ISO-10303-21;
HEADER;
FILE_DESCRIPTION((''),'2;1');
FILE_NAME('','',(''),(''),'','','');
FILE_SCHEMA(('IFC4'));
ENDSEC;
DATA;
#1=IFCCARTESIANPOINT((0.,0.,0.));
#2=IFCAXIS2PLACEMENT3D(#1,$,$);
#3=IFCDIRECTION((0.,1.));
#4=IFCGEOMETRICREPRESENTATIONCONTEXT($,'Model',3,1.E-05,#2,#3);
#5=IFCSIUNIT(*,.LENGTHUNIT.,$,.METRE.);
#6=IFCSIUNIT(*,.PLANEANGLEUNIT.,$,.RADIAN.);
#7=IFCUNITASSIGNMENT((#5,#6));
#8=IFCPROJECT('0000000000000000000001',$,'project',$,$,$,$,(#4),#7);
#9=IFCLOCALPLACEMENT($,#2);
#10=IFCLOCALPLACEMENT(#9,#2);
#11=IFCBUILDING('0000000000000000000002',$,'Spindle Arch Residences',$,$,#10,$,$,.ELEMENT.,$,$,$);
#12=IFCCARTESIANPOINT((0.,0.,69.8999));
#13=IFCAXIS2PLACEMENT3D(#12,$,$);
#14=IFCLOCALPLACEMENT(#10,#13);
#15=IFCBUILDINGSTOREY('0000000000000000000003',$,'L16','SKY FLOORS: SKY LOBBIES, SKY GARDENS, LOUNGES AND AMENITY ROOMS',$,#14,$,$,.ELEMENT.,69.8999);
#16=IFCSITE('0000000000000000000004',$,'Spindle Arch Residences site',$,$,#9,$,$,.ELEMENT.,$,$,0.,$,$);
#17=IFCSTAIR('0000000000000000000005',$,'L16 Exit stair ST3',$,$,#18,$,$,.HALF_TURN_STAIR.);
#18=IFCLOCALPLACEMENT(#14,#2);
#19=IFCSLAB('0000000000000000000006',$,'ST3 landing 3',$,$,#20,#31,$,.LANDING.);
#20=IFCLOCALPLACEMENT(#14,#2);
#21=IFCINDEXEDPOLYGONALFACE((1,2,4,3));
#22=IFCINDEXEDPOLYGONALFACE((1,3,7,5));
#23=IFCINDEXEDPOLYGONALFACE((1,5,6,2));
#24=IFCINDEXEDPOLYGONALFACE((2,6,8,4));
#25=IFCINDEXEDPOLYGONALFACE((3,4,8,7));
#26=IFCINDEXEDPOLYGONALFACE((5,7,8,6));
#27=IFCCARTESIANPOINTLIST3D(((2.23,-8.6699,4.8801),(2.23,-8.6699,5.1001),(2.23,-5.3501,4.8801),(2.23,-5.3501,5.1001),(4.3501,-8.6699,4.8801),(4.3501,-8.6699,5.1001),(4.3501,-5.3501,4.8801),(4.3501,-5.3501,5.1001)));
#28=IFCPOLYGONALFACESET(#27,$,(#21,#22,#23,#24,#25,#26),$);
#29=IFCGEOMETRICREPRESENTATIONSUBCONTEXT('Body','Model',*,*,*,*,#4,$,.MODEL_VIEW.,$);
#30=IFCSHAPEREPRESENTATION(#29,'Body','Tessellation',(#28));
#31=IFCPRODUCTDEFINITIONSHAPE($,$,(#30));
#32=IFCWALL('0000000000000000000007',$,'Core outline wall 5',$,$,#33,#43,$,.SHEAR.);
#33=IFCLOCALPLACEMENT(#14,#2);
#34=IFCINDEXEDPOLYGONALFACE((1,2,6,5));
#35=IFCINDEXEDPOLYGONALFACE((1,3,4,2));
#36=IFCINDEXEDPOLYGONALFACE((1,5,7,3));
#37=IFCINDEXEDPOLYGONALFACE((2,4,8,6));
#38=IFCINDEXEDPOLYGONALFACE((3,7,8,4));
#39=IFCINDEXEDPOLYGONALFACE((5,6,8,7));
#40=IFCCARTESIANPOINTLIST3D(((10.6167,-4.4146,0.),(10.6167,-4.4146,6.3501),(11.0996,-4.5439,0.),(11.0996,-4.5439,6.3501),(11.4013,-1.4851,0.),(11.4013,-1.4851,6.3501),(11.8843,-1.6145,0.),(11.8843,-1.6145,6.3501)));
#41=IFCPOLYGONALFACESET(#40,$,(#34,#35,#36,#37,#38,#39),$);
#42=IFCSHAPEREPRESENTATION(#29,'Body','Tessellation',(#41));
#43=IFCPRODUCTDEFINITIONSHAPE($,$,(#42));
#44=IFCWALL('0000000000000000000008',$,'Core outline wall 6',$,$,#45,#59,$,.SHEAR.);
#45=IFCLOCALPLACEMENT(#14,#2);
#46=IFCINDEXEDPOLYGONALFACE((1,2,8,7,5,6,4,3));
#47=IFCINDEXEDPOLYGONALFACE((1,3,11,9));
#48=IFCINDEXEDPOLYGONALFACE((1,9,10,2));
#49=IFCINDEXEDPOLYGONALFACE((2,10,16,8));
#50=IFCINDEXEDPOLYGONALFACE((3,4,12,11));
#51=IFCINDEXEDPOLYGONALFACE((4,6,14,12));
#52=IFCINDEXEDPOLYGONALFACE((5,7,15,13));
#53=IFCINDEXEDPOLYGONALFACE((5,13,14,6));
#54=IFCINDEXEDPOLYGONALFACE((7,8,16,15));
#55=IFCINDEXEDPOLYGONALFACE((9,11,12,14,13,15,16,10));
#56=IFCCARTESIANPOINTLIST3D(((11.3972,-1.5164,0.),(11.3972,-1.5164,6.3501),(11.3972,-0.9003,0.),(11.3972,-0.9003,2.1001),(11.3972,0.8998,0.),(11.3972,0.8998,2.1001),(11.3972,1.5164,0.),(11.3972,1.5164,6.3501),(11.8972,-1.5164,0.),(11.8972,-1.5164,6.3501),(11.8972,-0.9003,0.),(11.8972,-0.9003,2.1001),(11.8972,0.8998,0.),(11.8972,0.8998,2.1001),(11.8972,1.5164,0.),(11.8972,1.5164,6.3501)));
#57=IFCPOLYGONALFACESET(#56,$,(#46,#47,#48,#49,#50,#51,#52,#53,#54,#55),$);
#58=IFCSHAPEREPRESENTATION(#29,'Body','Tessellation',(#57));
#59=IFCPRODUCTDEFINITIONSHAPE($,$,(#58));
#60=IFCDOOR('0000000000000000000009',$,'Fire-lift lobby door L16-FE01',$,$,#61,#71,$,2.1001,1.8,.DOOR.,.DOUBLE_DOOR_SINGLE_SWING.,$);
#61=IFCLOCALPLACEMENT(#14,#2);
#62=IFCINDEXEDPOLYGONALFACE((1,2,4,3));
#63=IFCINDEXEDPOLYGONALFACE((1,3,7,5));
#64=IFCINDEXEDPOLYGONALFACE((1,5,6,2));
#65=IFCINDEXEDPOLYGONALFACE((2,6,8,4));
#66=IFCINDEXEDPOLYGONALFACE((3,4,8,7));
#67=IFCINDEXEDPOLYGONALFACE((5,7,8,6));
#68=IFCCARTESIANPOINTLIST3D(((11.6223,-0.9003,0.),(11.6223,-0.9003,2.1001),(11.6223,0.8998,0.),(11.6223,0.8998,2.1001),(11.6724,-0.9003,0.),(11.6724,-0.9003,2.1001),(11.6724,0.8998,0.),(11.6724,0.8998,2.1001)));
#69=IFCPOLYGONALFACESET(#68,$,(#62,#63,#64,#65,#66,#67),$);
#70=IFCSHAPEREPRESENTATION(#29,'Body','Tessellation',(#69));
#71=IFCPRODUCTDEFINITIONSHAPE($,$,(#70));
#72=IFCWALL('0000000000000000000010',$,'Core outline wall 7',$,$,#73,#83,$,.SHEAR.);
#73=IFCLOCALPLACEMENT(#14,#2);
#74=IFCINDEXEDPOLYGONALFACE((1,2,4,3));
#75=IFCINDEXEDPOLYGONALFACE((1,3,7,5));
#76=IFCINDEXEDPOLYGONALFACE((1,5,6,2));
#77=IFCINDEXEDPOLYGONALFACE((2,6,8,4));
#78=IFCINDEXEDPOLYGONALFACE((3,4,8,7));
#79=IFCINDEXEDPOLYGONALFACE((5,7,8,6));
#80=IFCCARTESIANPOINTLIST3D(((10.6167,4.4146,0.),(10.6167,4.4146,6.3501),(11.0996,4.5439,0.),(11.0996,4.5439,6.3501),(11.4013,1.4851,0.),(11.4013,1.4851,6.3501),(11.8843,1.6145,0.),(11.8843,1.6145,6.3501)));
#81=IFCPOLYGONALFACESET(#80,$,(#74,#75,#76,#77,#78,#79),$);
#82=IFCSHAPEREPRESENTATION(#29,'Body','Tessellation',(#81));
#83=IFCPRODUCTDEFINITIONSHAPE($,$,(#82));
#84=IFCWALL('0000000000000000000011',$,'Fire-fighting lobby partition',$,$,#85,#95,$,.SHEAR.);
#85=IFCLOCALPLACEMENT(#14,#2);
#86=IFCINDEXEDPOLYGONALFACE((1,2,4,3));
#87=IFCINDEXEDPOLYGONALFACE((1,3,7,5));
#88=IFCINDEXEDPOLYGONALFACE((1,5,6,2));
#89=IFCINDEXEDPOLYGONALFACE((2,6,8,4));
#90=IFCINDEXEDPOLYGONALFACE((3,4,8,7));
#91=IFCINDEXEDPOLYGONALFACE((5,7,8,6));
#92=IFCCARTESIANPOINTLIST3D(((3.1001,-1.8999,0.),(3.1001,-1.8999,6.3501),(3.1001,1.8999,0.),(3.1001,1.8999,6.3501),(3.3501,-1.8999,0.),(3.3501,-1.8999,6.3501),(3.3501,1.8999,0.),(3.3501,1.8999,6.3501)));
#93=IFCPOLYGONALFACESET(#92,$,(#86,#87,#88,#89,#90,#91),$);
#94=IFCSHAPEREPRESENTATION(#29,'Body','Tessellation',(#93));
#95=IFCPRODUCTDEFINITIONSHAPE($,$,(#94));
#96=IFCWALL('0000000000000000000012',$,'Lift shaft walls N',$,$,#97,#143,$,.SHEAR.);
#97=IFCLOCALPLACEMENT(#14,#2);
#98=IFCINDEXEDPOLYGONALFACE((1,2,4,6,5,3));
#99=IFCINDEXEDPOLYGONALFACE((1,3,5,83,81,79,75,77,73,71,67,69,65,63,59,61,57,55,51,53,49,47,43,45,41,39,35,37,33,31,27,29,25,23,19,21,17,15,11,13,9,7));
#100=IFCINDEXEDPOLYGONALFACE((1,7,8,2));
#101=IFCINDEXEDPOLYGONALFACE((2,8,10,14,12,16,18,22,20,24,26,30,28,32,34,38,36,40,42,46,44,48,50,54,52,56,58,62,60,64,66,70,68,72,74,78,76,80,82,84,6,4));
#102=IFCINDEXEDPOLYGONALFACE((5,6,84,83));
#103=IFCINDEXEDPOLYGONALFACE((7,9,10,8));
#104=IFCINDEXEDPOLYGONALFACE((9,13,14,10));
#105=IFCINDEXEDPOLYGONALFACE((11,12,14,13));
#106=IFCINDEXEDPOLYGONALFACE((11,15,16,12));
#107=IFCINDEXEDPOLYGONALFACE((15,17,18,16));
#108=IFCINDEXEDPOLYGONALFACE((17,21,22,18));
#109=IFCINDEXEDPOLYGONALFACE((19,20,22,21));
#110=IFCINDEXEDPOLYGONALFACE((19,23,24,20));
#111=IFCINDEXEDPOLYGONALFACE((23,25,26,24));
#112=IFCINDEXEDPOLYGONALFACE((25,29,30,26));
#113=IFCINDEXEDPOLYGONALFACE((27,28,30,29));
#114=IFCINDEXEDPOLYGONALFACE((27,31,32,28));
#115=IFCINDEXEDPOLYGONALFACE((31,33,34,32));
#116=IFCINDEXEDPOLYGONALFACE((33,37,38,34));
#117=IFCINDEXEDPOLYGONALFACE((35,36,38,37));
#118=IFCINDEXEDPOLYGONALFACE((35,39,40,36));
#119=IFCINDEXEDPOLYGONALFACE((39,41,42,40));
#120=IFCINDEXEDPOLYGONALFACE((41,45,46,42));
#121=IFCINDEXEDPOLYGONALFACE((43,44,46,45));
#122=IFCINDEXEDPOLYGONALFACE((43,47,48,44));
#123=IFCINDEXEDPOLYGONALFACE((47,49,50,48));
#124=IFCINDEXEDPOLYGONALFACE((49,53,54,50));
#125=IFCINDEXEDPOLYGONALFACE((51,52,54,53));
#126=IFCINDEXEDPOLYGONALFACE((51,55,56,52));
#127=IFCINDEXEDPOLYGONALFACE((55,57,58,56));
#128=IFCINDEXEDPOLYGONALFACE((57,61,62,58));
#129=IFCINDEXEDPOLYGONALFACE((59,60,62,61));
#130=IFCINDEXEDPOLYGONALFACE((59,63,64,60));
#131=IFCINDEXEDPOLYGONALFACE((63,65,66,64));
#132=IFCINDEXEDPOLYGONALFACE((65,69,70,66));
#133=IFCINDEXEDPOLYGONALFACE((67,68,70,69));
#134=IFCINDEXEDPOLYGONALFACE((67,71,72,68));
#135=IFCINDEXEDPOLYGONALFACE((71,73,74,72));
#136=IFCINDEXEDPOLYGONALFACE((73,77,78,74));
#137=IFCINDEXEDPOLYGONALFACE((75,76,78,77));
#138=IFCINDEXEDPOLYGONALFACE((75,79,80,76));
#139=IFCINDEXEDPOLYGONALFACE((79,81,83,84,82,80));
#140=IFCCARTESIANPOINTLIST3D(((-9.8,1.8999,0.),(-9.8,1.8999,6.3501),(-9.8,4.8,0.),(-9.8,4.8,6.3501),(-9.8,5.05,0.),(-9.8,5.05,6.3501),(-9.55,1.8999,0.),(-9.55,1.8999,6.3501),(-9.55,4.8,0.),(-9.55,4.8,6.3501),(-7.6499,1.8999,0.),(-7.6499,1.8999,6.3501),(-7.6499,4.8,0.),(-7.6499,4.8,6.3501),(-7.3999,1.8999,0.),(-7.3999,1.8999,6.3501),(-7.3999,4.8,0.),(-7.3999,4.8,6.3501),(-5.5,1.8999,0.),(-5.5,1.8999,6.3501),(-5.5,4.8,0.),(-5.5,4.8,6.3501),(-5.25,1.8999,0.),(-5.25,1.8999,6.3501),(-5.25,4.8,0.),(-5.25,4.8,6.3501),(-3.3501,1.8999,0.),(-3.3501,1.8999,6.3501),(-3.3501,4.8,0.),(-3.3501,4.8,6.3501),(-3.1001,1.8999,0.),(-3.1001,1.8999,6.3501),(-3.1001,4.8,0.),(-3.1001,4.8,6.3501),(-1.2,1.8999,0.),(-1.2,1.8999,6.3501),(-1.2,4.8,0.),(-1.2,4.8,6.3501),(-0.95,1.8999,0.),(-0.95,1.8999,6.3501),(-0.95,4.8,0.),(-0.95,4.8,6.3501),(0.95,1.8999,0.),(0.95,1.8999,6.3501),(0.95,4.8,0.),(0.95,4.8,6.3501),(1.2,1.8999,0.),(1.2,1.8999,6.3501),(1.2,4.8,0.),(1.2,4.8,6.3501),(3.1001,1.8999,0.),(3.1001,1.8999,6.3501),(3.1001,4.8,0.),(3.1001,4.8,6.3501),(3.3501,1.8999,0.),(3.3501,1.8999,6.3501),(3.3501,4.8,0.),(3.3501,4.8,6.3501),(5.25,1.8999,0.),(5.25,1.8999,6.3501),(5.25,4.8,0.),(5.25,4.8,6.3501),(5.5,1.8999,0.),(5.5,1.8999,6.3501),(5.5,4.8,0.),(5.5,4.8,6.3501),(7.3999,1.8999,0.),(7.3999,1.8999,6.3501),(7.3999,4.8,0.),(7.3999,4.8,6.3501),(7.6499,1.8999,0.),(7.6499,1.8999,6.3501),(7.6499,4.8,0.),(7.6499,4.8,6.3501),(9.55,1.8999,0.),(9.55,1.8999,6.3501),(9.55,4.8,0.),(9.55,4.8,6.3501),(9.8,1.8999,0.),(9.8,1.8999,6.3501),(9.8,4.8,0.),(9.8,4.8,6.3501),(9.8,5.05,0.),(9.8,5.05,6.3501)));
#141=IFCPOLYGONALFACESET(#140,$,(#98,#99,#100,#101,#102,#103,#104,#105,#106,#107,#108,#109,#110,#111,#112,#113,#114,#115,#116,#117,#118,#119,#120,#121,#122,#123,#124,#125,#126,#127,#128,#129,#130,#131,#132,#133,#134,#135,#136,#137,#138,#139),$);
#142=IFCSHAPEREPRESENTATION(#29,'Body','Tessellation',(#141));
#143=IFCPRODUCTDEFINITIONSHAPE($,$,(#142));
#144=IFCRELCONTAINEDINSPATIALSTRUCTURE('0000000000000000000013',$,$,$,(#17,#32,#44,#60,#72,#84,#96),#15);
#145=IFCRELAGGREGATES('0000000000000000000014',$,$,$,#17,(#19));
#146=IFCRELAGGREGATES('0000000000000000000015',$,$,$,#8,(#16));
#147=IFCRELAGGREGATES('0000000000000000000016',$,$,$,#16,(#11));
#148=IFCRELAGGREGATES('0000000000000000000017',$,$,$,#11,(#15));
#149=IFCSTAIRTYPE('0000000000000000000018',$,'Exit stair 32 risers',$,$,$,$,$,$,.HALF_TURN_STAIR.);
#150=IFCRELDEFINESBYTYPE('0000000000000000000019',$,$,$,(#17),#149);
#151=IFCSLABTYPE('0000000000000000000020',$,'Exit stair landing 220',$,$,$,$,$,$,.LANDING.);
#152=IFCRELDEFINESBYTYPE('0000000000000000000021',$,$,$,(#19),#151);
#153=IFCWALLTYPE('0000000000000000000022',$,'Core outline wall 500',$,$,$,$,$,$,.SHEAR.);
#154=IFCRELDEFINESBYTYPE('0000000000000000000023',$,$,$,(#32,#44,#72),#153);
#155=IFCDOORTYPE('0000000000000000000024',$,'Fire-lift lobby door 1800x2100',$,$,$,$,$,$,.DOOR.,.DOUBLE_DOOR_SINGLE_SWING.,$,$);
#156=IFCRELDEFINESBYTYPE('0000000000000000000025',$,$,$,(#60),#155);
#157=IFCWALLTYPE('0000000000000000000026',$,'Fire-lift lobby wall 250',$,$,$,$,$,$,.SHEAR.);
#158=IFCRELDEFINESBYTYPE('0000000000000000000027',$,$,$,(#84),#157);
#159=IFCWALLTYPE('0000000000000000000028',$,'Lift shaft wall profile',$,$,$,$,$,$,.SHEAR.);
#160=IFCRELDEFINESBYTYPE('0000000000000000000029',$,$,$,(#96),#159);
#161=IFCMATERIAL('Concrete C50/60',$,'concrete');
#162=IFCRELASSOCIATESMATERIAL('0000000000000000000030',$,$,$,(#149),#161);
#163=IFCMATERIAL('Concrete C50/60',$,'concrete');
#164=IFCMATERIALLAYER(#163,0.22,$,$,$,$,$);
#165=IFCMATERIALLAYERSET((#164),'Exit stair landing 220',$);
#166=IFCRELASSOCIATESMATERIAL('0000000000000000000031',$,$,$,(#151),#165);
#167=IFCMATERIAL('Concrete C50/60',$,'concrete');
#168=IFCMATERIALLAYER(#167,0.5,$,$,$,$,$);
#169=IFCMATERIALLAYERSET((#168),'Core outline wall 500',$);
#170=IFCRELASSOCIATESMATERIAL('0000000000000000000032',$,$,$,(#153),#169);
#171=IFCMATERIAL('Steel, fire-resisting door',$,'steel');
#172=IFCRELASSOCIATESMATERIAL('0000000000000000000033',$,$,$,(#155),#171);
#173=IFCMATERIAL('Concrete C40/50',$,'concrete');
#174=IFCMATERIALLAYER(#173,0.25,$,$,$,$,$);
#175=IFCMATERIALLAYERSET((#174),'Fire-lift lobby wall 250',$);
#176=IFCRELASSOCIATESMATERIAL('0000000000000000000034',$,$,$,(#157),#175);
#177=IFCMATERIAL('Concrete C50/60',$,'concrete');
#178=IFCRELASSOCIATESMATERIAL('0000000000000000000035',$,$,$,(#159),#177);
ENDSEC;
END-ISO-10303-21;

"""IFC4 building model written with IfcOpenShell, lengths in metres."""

from ifc_helpers import new_model, si_unit, direction, frame, frame_2d, origin, place, context, subcontext, project, spatial, polyline, rectangle, outline, extrude, material, layer, layer_set, type_object, element, fill, aggregate, save


model = new_model("IFC4")

# Units and contexts
model_context = context("Model", 3, precision=1e-05, world=origin(), true_north=direction((0.0, 1.0)))
body_context = subcontext(model_context, "Body", "Model", "MODEL_VIEW")
ifc_project = project(units=[si_unit("LENGTHUNIT", "METRE"), si_unit("PLANEANGLEUNIT", "RADIAN")], contexts=[model_context])

# Site, building, storey
site_placement = place(None, origin())
site = spatial("IfcSite", under=ifc_project, at=site_placement, Name="Spindle Arch Residences site", CompositionType="ELEMENT", RefElevation=0.0)
building_placement = place(site_placement, origin())
building = spatial("IfcBuilding", under=site, at=building_placement, Name="Spindle Arch Residences", CompositionType="ELEMENT")
storey_placement = place(building_placement, frame((0.0, 0.0, 69.8999)))
storey = spatial("IfcBuildingStorey", under=building, at=storey_placement, Name="L16", Description="SKY FLOORS: SKY LOBBIES, SKY GARDENS, LOUNGES AND AMENITY ROOMS", CompositionType="ELEMENT", Elevation=69.8999)

# Shared definitions
ifc_material_1 = material(Name="Concrete C50/60", Category="concrete")
stair_type = type_object("IfcStairType", Name="Exit stair 32 risers", PredefinedType="HALF_TURN_STAIR", material=ifc_material_1)
ifc_material_2 = material(Name="Concrete C50/60", Category="concrete")
ifc_layer_1 = layer(ifc_material_2, 0.22)
ifc_layer_set_1 = layer_set([ifc_layer_1], Name="Exit stair landing 220")
slab_type_1 = type_object("IfcSlabType", Name="Exit stair landing 220", PredefinedType="LANDING", material=ifc_layer_set_1)

# Stair, slab
stair_1_placement = place(storey_placement, origin())
stair_1 = element("IfcStair", 1, at=stair_1_placement, inside=storey, type_object=stair_type, Name="L16 Exit stair ST3", PredefinedType="HALF_TURN_STAIR")
slab_1_placement = place(storey_placement, frame((0.0, 0.0, 4.8801)))
slab_1 = element("IfcSlab", 2, at=slab_1_placement, type_object=slab_type_1, Name="ST3 landing 3", PredefinedType="LANDING", context=body_context, shape_type="SweptSolid", body=[
    extrude(outline(polyline([(2.23, -8.6699), (4.3501, -8.6699), (4.3501, -5.3501), (2.23, -5.3501), (2.23, -8.6699)])), origin(), (0.0, 0.0, 1.0), 0.22),
])
aggregate(stair_1, [slab_1])

# Wall
ifc_material_3 = material(Name="Concrete C50/60", Category="concrete")
ifc_layer_2 = layer(ifc_material_3, 0.5)
ifc_layer_set_2 = layer_set([ifc_layer_2], Name="Core outline wall 500")
wall_type_1 = type_object("IfcWallType", Name="Core outline wall 500", PredefinedType="SHEAR", material=ifc_layer_set_2)
wall_1_placement = place(storey_placement, frame((10.8582, -4.4792, 0.0), z_axis=(0.0, 0.0, 1.0), x_axis=(0.258735, 0.965948, 0.0)))
element("IfcWall", 3, at=wall_1_placement, inside=storey, type_object=wall_type_1, Name="Core outline wall 5", PredefinedType="SHEAR", context=body_context, shape_type="SweptSolid", body=[
    extrude(rectangle(XDim=3.0327, YDim=0.5, at=frame_2d((1.5164, 0.0))), origin(), (0.0, 0.0, 1.0), 6.3501),
])

# Wall, opening, door
wall_2_placement = place(storey_placement, frame((11.6472, -1.5164, 0.0), z_axis=(0.0, 0.0, 1.0), x_axis=(0.0, 1.0, 0.0)))
wall_2 = element("IfcWall", 4, at=wall_2_placement, inside=storey, type_object=wall_type_1, Name="Core outline wall 6", PredefinedType="SHEAR", context=body_context, shape_type="SweptSolid", body=[
    extrude(rectangle(XDim=3.0327, YDim=0.5, at=frame_2d((1.5164, 0.0))), origin(), (0.0, 0.0, 1.0), 6.3501),
])
opening_1_placement = place(wall_2_placement, frame((0.6162, 0.0, 0.0)))
opening_1 = element("IfcOpeningElement", 5, at=opening_1_placement, cuts=wall_2, PredefinedType="OPENING", context=body_context, shape_type="SweptSolid", body=[
    extrude(rectangle(XDim=1.8, YDim=2.1001, at=frame_2d((0.8999, 1.05))), frame((0.0, 0.26, 0.0), z_axis=(0.0, -1.0, 0.0), x_axis=(1.0, 0.0, 0.0)), (0.0, 0.0, 1.0), 0.52),
])
ifc_material_4 = material(Name="Steel, fire-resisting door", Category="steel")
door_type_1 = type_object("IfcDoorType", Name="Fire-lift lobby door 1800x2100", OperationType="DOUBLE_DOOR_SINGLE_SWING", PredefinedType="DOOR", material=ifc_material_4)
door_1_placement = place(opening_1_placement, origin())
door_1 = element("IfcDoor", 6, at=door_1_placement, inside=storey, type_object=door_type_1, Name="Fire-lift lobby door L16-FE01", OperationType="DOUBLE_DOOR_SINGLE_SWING", OverallHeight=2.1001, OverallWidth=1.8, PredefinedType="DOOR", context=body_context, shape_type="SweptSolid", body=[
    extrude(rectangle(XDim=1.8, YDim=2.1001, at=frame_2d((0.8999, 1.05))), frame((0.0, 0.0249, 0.0), z_axis=(0.0, -1.0, 0.0), x_axis=(1.0, 0.0, 0.0)), (0.0, 0.0, 1.0), 0.05),
])
fill(opening_1, door_1)

# Walls
wall_3_placement = place(storey_placement, frame((11.6428, 1.5498, 0.0), z_axis=(0.0, 0.0, 1.0), x_axis=(-0.258735, 0.965948, 0.0)))
element("IfcWall", 7, at=wall_3_placement, inside=storey, type_object=wall_type_1, Name="Core outline wall 7", PredefinedType="SHEAR", context=body_context, shape_type="SweptSolid", body=[
    extrude(rectangle(XDim=3.0327, YDim=0.5, at=frame_2d((1.5164, 0.0))), origin(), (0.0, 0.0, 1.0), 6.3501),
])
ifc_material_5 = material(Name="Concrete C40/50", Category="concrete")
ifc_layer_3 = layer(ifc_material_5, 0.25)
ifc_layer_set_3 = layer_set([ifc_layer_3], Name="Fire-lift lobby wall 250")
wall_type_2 = type_object("IfcWallType", Name="Fire-lift lobby wall 250", PredefinedType="SHEAR", material=ifc_layer_set_3)
wall_4_placement = place(storey_placement, frame((3.2251, -1.8999, 0.0), z_axis=(0.0, 0.0, 1.0), x_axis=(0.0, 1.0, 0.0)))
element("IfcWall", 8, at=wall_4_placement, inside=storey, type_object=wall_type_2, Name="Fire-fighting lobby partition", PredefinedType="SHEAR", context=body_context, shape_type="SweptSolid", body=[
    extrude(rectangle(XDim=3.7998, YDim=0.25, at=frame_2d((1.8999, 0.0))), origin(), (0.0, 0.0, 1.0), 6.3501),
])

# Wall
ifc_material_6 = material(Name="Concrete C50/60", Category="concrete")
wall_type_3 = type_object("IfcWallType", Name="Lift shaft wall profile", PredefinedType="SHEAR", material=ifc_material_6)
wall_5_placement = place(storey_placement, origin())
element("IfcWall", 9, at=wall_5_placement, inside=storey, type_object=wall_type_3, Name="Lift shaft walls N", PredefinedType="SHEAR", context=body_context, shape_type="SweptSolid", body=[
    extrude(outline(polyline([(-9.55, 4.8), (-7.6499, 4.8), (-7.6499, 1.8999), (-7.3999, 1.8999), (-7.3999, 4.8), (-5.5, 4.8), (-5.5, 1.8999), (-5.25, 1.8999), (-5.25, 4.8), (-3.3501, 4.8), (-3.3501, 1.8999), (-3.1001, 1.8999), (-3.1001, 4.8), (-1.2, 4.8), (-1.2, 1.8999), (-0.95, 1.8999), (-0.95, 4.8), (0.95, 4.8), (0.95, 1.8999), (1.2, 1.8999), (1.2, 4.8), (3.1001, 4.8), (3.1001, 1.8999), (3.3501, 1.8999), (3.3501, 4.8), (5.25, 4.8), (5.25, 1.8999), (5.5, 1.8999), (5.5, 4.8), (7.3999, 4.8), (7.3999, 1.8999), (7.6499, 1.8999), (7.6499, 4.8), (9.55, 4.8), (9.55, 1.8999), (9.8, 1.8999), (9.8, 4.8), (9.8, 5.05), (-9.8, 5.05), (-9.8, 4.8), (-9.8, 1.8999), (-9.55, 1.8999), (-9.55, 4.8)])), origin(), (0.0, 0.0, 1.0), 6.3501),
])

save(model, "model.ifc")
